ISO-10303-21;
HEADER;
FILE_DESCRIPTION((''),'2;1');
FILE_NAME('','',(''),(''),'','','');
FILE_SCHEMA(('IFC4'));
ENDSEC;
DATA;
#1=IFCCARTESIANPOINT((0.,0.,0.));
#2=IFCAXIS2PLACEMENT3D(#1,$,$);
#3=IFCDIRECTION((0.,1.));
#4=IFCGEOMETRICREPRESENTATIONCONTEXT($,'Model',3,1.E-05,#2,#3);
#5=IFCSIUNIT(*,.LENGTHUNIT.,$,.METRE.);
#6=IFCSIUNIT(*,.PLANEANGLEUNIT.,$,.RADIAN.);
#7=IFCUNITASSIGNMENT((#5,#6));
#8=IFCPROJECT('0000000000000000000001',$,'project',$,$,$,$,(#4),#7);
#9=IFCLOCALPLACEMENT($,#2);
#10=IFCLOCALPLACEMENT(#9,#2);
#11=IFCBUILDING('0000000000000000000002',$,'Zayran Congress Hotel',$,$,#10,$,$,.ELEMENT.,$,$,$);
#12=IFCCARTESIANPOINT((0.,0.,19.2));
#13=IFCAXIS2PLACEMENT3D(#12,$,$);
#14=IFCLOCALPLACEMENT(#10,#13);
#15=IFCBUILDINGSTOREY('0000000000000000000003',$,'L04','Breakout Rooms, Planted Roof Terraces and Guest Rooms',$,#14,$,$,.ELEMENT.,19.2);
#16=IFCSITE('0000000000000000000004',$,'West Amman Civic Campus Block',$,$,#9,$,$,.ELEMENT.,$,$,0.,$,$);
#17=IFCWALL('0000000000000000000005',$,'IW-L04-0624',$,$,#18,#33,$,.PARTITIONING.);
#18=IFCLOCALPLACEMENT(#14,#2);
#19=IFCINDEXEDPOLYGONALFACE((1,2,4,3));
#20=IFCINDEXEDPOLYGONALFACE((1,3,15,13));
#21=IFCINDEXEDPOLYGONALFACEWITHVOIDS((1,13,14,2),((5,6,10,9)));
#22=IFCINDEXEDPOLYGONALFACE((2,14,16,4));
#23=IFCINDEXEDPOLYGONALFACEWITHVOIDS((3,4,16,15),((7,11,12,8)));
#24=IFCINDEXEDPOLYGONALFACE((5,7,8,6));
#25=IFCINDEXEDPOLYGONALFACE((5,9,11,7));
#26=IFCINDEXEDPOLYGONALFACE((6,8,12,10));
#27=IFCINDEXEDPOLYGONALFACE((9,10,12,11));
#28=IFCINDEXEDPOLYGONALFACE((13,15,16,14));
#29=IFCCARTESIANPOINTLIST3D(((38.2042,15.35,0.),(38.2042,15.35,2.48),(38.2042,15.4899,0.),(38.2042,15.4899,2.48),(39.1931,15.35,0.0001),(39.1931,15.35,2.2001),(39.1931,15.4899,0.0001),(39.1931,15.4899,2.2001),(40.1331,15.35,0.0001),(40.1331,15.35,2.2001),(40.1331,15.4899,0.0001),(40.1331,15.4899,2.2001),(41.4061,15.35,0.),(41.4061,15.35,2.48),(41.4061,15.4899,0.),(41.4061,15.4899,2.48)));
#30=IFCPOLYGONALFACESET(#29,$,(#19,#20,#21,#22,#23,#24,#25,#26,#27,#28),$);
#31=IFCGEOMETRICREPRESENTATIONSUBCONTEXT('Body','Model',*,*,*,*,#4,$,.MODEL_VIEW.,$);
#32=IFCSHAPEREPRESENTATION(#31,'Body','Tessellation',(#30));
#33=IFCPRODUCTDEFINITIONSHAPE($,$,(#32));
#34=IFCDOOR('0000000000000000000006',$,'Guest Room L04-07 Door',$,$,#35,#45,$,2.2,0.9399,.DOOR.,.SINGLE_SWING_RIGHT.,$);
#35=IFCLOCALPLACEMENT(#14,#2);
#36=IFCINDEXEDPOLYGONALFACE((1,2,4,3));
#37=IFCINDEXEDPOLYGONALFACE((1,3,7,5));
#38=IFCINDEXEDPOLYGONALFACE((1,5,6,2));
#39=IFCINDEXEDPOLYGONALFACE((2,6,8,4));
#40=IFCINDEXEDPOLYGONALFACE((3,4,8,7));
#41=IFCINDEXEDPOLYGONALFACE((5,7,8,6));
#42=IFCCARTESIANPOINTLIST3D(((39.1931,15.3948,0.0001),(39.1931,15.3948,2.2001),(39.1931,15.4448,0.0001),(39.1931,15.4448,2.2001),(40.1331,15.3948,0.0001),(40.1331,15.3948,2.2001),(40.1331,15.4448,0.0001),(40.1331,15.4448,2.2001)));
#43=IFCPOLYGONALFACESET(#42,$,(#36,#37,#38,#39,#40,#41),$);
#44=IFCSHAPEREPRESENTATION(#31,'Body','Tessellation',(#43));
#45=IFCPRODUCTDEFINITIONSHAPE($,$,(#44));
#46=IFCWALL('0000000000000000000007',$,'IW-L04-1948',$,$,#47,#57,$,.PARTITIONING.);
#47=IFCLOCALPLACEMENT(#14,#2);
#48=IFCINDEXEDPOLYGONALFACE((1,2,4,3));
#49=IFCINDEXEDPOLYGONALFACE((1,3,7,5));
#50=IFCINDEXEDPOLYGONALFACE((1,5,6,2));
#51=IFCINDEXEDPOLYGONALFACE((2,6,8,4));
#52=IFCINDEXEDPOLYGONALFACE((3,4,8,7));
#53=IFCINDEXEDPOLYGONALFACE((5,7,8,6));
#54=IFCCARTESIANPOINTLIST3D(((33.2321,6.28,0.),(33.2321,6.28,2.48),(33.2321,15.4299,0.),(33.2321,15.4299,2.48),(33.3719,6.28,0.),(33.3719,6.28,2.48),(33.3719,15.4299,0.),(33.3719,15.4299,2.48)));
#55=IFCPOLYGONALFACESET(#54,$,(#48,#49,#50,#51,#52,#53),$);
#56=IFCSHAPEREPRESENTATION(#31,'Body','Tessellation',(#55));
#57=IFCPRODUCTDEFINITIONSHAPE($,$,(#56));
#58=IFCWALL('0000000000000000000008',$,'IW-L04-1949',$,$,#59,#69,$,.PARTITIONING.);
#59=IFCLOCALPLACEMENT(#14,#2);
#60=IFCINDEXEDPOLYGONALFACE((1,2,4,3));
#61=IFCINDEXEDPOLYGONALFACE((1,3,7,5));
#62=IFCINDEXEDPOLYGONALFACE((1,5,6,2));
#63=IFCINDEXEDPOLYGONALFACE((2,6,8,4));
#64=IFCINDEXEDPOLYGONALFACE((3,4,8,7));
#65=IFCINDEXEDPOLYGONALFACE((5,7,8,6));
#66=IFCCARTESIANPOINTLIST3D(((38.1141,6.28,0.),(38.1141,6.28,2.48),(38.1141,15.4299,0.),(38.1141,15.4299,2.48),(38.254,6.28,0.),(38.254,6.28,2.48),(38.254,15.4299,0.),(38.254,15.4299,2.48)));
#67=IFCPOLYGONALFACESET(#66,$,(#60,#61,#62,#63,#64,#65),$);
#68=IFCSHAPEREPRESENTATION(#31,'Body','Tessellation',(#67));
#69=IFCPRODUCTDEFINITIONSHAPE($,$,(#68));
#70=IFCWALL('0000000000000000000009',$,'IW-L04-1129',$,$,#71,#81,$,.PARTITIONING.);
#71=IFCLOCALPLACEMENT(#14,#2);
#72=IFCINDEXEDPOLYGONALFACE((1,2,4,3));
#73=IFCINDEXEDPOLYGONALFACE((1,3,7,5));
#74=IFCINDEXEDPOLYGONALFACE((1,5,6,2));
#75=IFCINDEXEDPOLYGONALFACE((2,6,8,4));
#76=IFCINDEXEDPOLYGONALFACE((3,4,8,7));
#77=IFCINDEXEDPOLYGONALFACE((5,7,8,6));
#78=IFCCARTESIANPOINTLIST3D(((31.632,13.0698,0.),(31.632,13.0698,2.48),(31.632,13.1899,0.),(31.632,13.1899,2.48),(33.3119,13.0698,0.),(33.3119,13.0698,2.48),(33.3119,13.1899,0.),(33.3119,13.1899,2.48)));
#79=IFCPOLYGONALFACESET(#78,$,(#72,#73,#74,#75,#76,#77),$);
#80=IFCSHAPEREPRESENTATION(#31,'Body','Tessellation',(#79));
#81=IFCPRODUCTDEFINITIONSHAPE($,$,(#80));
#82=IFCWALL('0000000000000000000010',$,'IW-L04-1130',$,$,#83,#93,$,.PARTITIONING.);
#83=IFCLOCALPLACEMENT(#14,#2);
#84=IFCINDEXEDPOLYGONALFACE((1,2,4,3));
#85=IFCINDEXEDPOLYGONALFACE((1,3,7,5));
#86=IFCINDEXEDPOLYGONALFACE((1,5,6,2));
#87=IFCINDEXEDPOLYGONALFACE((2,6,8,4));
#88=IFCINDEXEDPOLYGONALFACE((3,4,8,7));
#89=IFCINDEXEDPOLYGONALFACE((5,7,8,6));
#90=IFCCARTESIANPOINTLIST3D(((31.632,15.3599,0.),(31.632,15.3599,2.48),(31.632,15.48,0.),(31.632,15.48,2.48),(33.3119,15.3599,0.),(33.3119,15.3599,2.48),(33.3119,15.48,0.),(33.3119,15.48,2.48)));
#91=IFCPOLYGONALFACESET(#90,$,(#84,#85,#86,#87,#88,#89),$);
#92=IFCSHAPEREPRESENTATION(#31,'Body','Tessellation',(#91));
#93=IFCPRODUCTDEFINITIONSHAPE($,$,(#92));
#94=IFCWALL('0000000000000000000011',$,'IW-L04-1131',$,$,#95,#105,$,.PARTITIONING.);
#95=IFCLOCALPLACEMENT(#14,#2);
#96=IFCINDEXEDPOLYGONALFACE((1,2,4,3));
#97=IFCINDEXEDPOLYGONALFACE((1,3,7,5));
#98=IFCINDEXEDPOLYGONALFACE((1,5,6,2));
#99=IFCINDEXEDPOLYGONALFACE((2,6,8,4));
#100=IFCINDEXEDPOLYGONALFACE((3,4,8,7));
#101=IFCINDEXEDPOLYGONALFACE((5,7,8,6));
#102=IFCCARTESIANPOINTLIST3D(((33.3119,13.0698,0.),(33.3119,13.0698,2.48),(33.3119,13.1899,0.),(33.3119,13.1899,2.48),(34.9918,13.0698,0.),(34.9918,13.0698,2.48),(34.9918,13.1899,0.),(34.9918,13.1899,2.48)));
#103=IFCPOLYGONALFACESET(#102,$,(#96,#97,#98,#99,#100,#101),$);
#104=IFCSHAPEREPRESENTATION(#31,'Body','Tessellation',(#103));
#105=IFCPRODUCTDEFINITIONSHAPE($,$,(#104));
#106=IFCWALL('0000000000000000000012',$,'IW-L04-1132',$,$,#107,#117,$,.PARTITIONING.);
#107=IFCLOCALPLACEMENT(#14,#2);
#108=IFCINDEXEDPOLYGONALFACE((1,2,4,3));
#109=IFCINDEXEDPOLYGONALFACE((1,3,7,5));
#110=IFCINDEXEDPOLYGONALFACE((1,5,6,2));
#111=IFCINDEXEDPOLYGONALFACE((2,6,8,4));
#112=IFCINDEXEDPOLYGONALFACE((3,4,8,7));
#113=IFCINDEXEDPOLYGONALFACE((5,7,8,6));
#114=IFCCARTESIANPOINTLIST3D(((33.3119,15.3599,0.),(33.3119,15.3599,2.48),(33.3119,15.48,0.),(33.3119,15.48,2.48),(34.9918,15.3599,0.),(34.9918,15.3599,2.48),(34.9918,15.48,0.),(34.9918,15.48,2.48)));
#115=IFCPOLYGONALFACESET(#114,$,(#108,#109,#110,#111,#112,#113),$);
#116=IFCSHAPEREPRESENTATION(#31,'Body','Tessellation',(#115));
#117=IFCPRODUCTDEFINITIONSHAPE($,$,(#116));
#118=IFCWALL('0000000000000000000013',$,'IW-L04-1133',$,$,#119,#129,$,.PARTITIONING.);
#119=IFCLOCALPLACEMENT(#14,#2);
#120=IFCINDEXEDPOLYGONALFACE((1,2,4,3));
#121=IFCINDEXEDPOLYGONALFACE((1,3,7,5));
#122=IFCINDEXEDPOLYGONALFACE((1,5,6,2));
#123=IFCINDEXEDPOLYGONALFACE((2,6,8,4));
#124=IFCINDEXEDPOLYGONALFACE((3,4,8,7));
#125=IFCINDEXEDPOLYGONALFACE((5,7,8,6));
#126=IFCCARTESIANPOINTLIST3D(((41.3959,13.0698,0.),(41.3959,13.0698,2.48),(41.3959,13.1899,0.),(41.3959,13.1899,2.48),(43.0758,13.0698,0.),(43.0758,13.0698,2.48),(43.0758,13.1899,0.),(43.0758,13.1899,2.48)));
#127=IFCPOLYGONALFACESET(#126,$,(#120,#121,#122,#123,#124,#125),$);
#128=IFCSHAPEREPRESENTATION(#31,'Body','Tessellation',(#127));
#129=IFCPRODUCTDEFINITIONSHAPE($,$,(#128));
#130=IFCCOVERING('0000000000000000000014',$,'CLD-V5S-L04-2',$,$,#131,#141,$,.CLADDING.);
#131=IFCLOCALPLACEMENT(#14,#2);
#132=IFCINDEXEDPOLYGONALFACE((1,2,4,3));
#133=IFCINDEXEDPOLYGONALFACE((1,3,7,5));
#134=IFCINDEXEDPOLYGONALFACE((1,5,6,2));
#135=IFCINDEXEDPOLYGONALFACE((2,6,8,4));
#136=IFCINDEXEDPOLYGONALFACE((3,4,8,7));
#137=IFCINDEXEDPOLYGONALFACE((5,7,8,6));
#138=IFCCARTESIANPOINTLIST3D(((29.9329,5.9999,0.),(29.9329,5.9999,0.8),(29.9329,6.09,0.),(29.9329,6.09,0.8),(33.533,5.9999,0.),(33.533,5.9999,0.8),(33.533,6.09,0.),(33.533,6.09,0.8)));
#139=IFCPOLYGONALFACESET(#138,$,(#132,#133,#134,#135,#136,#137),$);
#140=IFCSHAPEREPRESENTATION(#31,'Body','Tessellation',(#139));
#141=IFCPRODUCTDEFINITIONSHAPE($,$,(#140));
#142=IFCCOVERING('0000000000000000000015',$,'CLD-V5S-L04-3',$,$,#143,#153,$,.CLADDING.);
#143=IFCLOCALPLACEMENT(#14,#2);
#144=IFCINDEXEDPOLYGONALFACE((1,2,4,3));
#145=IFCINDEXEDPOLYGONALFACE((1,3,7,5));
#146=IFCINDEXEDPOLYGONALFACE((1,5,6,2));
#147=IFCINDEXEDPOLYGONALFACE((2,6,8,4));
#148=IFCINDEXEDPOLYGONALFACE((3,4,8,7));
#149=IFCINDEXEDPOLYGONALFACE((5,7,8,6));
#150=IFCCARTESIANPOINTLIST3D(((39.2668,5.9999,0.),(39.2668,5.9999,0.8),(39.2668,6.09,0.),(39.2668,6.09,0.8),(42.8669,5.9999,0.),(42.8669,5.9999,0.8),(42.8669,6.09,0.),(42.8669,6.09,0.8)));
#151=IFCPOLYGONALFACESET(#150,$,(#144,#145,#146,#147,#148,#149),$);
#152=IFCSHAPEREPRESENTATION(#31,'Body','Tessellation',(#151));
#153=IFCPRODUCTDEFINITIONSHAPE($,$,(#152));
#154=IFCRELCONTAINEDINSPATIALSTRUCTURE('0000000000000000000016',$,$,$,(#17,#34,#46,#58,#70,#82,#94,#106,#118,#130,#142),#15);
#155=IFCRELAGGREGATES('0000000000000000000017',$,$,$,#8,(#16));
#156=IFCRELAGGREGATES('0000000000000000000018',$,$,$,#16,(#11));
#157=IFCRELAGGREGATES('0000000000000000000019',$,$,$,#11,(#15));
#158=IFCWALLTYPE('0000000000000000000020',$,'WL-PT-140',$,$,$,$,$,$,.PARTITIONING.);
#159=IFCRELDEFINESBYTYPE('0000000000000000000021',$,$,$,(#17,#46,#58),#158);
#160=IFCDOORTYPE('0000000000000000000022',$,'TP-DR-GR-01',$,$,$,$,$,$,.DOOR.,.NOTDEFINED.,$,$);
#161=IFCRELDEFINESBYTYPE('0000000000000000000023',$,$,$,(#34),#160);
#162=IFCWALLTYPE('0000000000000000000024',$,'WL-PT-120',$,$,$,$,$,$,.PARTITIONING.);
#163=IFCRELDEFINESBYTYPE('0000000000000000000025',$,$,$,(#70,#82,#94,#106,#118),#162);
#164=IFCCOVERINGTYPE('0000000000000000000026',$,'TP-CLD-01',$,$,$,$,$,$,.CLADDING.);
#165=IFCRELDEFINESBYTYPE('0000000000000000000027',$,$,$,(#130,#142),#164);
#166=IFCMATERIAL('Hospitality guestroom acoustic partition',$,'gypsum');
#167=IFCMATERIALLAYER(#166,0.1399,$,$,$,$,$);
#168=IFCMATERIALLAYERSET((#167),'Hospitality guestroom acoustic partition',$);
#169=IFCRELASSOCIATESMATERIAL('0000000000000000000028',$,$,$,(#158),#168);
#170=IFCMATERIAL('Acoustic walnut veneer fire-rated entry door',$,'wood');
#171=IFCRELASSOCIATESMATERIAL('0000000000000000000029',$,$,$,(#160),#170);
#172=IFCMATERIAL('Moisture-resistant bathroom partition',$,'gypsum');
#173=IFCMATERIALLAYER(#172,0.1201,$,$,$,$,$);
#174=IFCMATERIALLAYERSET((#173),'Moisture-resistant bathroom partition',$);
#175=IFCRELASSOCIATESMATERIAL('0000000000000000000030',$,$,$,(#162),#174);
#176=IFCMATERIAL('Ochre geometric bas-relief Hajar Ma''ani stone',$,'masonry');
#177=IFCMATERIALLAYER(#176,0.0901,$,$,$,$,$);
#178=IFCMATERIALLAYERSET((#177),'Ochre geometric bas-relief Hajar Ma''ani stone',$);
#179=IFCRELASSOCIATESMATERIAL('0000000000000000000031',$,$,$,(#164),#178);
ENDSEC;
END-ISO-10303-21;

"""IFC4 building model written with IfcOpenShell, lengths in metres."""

from ifc_helpers import new_model, si_unit, direction, frame, frame_2d, origin, origin_2d, place, context, subcontext, project, spatial, rectangle, extrude, material, layer, layer_set, type_object, element, fill, save


model = new_model("IFC4")

# Units and contexts
model_context = context("Model", 3, precision=1e-05, world=origin(), true_north=direction((0.0, 1.0)))
body_context = subcontext(model_context, "Body", "Model", "MODEL_VIEW")
ifc_project = project(units=[si_unit("LENGTHUNIT", "METRE"), si_unit("PLANEANGLEUNIT", "RADIAN")], contexts=[model_context])

# Site, building, storey
site_placement = place(None, origin())
site = spatial("IfcSite", under=ifc_project, at=site_placement, Name="West Amman Civic Campus Block", CompositionType="ELEMENT", RefElevation=0.0)
building_placement = place(site_placement, origin())
building = spatial("IfcBuilding", under=site, at=building_placement, Name="Zayran Congress Hotel", CompositionType="ELEMENT")
storey_placement = place(building_placement, frame((0.0, 0.0, 19.2)))
storey = spatial("IfcBuildingStorey", under=building, at=storey_placement, Name="L04", Description="Breakout Rooms, Planted Roof Terraces and Guest Rooms", CompositionType="ELEMENT", Elevation=19.2)

# Wall, opening, door
ifc_material_1 = material(Name="Hospitality guestroom acoustic partition", Category="gypsum")
ifc_layer_1 = layer(ifc_material_1, 0.1399)
ifc_layer_set_1 = layer_set([ifc_layer_1], Name="Hospitality guestroom acoustic partition")
wall_type_1 = type_object("IfcWallType", Name="WL-PT-140", PredefinedType="PARTITIONING", material=ifc_layer_set_1)
ifc_material_2 = material(Name="Acoustic walnut veneer fire-rated entry door", Category="wood")
door_type_1 = type_object("IfcDoorType", Name="TP-DR-GR-01", OperationType="NOTDEFINED", PredefinedType="DOOR", material=ifc_material_2)
wall_1_placement = place(storey_placement, frame((38.2041, 15.4199, 0.0), z_axis=(0.0, 0.0, 1.0), x_axis=(1.0, 0.0, 0.0)))
wall_1 = element("IfcWall", 1, at=wall_1_placement, inside=storey, type_object=wall_type_1, Name="IW-L04-0624", PredefinedType="PARTITIONING", context=body_context, shape_type="SweptSolid", body=[
    extrude(rectangle(XDim=3.2019, YDim=0.1399, at=frame_2d((1.6011, 0.0))), origin(), (0.0, 0.0, 1.0), 2.48),
])
opening_1_placement = place(wall_1_placement, frame((0.989, 0.0, 0.0)))
opening_1 = element("IfcOpeningElement", 2, at=opening_1_placement, cuts=wall_1, PredefinedType="OPENING", context=body_context, shape_type="SweptSolid", body=[
    extrude(rectangle(XDim=0.9399, YDim=2.2, at=frame_2d((0.47, 1.1001))), frame((0.0, 0.0798, 0.0), z_axis=(0.0, -1.0, 0.0), x_axis=(1.0, 0.0, 0.0)), (0.0, 0.0, 1.0), 0.1599),
])
door_1_placement = place(opening_1_placement, origin())
door_1 = element("IfcDoor", 3, at=door_1_placement, inside=storey, type_object=door_type_1, Name="Guest Room L04-07 Door", OperationType="SINGLE_SWING_RIGHT", OverallHeight=2.2, OverallWidth=0.9399, PredefinedType="DOOR", context=body_context, shape_type="SweptSolid", body=[
    extrude(rectangle(XDim=0.9399, YDim=2.2, at=frame_2d((0.47, 1.1001))), frame((0.0, 0.0249, 0.0), z_axis=(0.0, -1.0, 0.0), x_axis=(1.0, 0.0, 0.0)), (0.0, 0.0, 1.0), 0.05),
])
fill(opening_1, door_1)

# Walls
for number, where, z_axis, x_axis, name in (
    (4, (33.302, 6.28, 0.0), (0.0, 0.0, 1.0), (0.0, 1.0, 0.0), "IW-L04-1948"),
    (5, (38.1841, 6.28, 0.0), (0.0, 0.0, 1.0), (0.0, 1.0, 0.0), "IW-L04-1949"),
):
    element("IfcWall", number, at=place(storey_placement, frame(where, z_axis=z_axis, x_axis=x_axis)), inside=storey, type_object=wall_type_1, Name=name, PredefinedType="PARTITIONING", context=body_context, shape_type="SweptSolid", body=[
        extrude(rectangle(XDim=9.1499, YDim=0.1399, at=frame_2d((4.575, 0.0))), origin(), (0.0, 0.0, 1.0), 2.48),
    ])

# Shared definitions
ifc_material_3 = material(Name="Moisture-resistant bathroom partition", Category="gypsum")
ifc_layer_2 = layer(ifc_material_3, 0.1201)
ifc_layer_set_2 = layer_set([ifc_layer_2], Name="Moisture-resistant bathroom partition")
wall_type_2 = type_object("IfcWallType", Name="WL-PT-120", PredefinedType="PARTITIONING", material=ifc_layer_set_2)

# Walls
for number, where, z_axis, x_axis, name in (
    (6, (31.6321, 13.1299, 0.0), (0.0, 0.0, 1.0), (1.0, 0.0, 0.0), "IW-L04-1129"),
    (7, (31.6321, 15.4199, 0.0), (0.0, 0.0, 1.0), (1.0, 0.0, 0.0), "IW-L04-1130"),
    (8, (33.312, 13.1299, 0.0), (0.0, 0.0, 1.0), (1.0, 0.0, 0.0), "IW-L04-1131"),
    (9, (33.312, 15.4199, 0.0), (0.0, 0.0, 1.0), (1.0, 0.0, 0.0), "IW-L04-1132"),
    (10, (41.396, 13.1299, 0.0), (0.0, 0.0, 1.0), (1.0, 0.0, 0.0), "IW-L04-1133"),
):
    element("IfcWall", number, at=place(storey_placement, frame(where, z_axis=z_axis, x_axis=x_axis)), inside=storey, type_object=wall_type_2, Name=name, PredefinedType="PARTITIONING", context=body_context, shape_type="SweptSolid", body=[
        extrude(rectangle(XDim=1.6799, YDim=0.1201, at=frame_2d((0.8398, 0.0))), origin(), (0.0, 0.0, 1.0), 2.48),
    ])

# Coverings
ifc_material_4 = material(Name="Ochre geometric bas-relief Hajar Ma'ani stone", Category="masonry")
ifc_layer_3 = layer(ifc_material_4, 0.0901)
ifc_layer_set_3 = layer_set([ifc_layer_3], Name="Ochre geometric bas-relief Hajar Ma'ani stone")
covering_type = type_object("IfcCoveringType", Name="TP-CLD-01", PredefinedType="CLADDING", material=ifc_layer_set_3)
for number, where, z_axis, x_axis, name in (
    (11, (31.7329, 6.0449, 0.0), (0.0, 0.0, 1.0), (1.0, 0.0, 0.0), "CLD-V5S-L04-2"),
    (12, (41.0669, 6.0449, 0.0), (0.0, 0.0, 1.0), (1.0, 0.0, 0.0), "CLD-V5S-L04-3"),
):
    element("IfcCovering", number, at=place(storey_placement, frame(where, z_axis=z_axis, x_axis=x_axis)), inside=storey, type_object=covering_type, Name=name, PredefinedType="CLADDING", context=body_context, shape_type="SweptSolid", body=[
        extrude(rectangle(XDim=3.6001, YDim=0.0901, at=origin_2d()), origin(), (0.0, 0.0, 1.0), 0.8),
    ])

save(model, "model.ifc")
